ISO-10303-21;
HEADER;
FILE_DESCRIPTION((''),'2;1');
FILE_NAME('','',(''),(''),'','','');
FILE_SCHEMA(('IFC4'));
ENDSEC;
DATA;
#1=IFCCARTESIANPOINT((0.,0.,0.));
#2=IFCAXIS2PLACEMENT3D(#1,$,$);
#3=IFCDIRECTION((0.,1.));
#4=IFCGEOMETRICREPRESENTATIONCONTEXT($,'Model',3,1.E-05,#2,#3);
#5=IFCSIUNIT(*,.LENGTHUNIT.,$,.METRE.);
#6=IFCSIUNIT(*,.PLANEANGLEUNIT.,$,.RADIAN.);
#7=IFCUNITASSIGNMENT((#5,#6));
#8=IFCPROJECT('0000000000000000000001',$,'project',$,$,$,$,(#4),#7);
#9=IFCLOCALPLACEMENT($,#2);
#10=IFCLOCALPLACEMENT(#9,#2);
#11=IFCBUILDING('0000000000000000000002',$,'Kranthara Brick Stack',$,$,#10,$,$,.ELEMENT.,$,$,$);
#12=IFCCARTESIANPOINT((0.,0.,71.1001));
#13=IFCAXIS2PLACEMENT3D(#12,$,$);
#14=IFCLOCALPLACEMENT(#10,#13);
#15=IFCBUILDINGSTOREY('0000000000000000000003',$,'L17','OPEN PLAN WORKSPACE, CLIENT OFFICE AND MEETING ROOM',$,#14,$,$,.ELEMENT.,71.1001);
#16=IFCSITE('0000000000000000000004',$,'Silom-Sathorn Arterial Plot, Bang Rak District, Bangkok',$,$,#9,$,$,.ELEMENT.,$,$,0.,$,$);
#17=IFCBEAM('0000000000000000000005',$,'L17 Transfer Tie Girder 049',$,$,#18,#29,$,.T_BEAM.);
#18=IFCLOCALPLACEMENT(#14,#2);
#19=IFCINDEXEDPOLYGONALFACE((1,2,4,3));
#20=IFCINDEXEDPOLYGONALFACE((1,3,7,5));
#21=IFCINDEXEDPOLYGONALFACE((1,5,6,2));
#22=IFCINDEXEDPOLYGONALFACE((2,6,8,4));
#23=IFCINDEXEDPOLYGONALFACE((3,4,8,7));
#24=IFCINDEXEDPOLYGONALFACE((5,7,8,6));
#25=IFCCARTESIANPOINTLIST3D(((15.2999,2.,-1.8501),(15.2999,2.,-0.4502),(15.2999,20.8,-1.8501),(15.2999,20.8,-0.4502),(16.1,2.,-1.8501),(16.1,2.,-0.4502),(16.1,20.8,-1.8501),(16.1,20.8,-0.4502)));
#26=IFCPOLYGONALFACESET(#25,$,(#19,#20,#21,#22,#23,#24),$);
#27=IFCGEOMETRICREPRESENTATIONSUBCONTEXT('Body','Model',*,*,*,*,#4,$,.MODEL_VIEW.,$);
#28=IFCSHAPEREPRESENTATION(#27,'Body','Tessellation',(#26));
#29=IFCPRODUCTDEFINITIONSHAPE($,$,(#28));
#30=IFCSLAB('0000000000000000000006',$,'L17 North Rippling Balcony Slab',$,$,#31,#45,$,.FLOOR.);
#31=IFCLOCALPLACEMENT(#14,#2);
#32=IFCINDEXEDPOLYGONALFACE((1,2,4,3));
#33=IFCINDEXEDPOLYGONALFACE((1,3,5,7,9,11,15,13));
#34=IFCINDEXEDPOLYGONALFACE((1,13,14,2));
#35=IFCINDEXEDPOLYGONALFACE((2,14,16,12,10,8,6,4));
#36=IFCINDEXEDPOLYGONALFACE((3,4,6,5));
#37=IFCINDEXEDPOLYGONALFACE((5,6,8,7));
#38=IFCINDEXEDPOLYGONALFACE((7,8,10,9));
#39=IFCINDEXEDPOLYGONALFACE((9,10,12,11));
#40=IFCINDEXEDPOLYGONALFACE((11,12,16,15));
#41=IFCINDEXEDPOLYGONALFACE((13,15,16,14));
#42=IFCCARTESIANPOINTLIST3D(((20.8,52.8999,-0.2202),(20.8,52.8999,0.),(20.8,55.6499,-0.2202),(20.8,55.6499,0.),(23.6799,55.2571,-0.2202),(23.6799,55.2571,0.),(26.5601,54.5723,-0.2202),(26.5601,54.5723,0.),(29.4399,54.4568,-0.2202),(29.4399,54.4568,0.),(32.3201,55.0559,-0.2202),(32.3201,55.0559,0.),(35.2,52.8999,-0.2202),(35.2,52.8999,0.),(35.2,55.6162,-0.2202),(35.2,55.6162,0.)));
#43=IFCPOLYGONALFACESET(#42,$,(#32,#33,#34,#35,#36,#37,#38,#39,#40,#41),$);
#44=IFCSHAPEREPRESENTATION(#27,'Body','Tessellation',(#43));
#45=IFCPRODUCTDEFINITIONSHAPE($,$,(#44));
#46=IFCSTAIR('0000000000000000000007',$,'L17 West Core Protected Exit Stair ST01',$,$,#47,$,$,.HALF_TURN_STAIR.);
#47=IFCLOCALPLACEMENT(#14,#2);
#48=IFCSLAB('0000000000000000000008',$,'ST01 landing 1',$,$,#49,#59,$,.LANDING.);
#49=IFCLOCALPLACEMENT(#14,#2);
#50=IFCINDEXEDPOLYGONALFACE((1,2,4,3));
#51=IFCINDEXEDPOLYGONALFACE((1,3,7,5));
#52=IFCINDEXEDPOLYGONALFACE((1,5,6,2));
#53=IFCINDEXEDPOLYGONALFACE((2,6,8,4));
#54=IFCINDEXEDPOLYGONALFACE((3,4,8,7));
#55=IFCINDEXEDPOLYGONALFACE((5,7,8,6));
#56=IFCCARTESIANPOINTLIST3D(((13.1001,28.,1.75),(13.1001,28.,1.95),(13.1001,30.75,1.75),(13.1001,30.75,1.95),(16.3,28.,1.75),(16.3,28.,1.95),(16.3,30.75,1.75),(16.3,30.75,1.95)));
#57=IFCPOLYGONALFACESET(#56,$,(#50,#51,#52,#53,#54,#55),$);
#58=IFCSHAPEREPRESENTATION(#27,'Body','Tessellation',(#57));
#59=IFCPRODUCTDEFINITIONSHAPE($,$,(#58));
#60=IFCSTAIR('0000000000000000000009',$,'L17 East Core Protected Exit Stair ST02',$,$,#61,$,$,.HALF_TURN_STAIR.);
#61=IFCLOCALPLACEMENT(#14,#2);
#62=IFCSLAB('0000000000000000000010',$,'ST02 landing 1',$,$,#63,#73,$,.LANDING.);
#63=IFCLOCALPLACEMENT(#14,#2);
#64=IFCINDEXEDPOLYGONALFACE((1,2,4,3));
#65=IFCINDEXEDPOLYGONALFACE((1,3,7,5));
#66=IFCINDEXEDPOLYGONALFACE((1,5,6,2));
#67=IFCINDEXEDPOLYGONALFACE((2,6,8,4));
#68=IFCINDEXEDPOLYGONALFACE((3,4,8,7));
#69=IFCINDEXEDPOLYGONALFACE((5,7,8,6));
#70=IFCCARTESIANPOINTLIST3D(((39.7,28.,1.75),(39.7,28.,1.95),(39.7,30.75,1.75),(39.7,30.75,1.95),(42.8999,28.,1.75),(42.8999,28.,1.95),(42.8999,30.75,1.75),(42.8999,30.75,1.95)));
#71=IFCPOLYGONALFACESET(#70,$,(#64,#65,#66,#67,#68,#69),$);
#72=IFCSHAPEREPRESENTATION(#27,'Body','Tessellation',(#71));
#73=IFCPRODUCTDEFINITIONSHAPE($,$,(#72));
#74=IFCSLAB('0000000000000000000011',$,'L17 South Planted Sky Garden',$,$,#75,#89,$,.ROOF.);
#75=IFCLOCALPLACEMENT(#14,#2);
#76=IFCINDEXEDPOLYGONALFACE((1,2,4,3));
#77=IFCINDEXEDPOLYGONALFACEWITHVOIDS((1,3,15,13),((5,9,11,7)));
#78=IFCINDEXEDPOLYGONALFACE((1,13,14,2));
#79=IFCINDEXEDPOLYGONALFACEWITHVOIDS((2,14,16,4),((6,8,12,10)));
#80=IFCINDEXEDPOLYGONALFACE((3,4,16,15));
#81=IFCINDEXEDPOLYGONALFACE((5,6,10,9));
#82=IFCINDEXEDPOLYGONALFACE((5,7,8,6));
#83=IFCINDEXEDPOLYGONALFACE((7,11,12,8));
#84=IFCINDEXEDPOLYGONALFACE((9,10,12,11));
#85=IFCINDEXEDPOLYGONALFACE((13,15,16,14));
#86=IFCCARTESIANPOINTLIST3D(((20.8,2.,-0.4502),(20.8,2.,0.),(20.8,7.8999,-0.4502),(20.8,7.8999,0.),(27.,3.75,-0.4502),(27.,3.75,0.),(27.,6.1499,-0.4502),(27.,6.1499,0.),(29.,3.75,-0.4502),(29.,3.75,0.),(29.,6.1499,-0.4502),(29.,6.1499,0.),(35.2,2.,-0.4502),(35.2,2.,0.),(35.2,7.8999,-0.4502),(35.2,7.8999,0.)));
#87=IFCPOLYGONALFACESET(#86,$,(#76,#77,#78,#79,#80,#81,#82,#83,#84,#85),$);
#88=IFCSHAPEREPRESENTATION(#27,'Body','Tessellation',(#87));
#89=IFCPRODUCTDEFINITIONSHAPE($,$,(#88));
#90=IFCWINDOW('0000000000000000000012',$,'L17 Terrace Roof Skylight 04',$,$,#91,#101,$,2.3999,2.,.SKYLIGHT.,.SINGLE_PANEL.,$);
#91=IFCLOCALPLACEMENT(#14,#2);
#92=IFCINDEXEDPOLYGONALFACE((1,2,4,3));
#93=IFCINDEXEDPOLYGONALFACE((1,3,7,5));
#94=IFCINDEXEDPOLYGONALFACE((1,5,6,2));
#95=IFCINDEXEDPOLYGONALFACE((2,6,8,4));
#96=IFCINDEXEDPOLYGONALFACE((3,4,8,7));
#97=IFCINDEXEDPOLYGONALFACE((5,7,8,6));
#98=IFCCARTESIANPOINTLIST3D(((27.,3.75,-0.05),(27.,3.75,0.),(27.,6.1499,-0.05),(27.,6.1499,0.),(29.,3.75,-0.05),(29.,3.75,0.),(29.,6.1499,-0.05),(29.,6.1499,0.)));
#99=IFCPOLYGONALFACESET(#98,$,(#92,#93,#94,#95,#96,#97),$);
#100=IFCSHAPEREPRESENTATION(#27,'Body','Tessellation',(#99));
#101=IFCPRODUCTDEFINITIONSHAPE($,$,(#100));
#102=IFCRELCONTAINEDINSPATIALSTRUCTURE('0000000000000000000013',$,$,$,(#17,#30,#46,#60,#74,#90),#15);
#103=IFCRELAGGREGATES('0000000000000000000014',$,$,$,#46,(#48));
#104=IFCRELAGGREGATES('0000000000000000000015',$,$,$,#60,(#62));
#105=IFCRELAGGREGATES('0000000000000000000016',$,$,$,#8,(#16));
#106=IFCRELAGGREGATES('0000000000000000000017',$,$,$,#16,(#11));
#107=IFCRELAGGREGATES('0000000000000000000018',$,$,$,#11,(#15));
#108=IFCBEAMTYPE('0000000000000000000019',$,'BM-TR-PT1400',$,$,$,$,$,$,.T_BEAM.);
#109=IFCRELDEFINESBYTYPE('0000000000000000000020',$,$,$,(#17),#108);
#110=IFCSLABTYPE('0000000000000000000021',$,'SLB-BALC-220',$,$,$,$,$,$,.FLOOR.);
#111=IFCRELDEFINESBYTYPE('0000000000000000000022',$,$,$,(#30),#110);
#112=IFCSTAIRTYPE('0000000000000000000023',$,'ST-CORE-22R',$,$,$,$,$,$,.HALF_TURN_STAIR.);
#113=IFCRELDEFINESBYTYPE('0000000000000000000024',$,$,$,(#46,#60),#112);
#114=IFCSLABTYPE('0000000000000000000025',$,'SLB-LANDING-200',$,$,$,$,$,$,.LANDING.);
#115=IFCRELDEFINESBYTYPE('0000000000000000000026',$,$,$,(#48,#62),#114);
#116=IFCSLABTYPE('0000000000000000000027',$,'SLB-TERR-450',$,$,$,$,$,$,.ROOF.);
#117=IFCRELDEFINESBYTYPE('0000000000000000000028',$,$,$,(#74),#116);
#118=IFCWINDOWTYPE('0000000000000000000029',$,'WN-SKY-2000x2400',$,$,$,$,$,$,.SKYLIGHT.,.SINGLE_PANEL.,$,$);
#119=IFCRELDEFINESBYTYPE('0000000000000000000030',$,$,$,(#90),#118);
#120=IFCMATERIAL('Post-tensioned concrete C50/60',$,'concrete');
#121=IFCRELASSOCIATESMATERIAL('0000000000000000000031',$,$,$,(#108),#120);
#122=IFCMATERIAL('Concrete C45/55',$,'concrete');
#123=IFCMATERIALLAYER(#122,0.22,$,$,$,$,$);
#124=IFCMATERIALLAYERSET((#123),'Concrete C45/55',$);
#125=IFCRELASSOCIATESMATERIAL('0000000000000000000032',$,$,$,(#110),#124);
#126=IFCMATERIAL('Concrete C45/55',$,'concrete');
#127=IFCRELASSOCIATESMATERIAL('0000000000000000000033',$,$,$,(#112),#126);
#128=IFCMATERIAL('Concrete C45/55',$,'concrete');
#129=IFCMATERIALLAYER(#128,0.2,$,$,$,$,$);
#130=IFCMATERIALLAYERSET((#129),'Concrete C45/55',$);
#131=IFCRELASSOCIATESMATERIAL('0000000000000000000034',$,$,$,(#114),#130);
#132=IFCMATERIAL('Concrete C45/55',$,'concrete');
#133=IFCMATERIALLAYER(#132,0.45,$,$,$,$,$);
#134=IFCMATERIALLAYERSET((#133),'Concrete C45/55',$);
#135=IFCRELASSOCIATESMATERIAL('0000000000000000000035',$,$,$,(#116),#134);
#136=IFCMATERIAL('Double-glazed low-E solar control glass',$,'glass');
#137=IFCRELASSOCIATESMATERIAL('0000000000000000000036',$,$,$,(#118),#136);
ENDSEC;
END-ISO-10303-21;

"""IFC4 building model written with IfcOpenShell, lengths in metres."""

from ifc_helpers import new_model, si_unit, direction, frame, origin, origin_2d, place, context, subcontext, project, spatial, polyline, rectangle, outline, extrude, material, layer, layer_set, material_profile, profile_set, type_object, element, fill, aggregate, save


model = new_model("IFC4")

# Units and contexts
model_context = context("Model", 3, precision=1e-05, world=origin(), true_north=direction((0.0, 1.0)))
body_context = subcontext(model_context, "Body", "Model", "MODEL_VIEW")
ifc_project = project(units=[si_unit("LENGTHUNIT", "METRE"), si_unit("PLANEANGLEUNIT", "RADIAN")], contexts=[model_context])

# Site, building, storey
site_placement = place(None, origin())
site = spatial("IfcSite", under=ifc_project, at=site_placement, Name="Silom-Sathorn Arterial Plot, Bang Rak District, Bangkok", CompositionType="ELEMENT", RefElevation=0.0)
building_placement = place(site_placement, origin())
building = spatial("IfcBuilding", under=site, at=building_placement, Name="Kranthara Brick Stack", CompositionType="ELEMENT")
storey_placement = place(building_placement, frame((0.0, 0.0, 71.1001)))
storey = spatial("IfcBuildingStorey", under=building, at=storey_placement, Name="L17", Description="OPEN PLAN WORKSPACE, CLIENT OFFICE AND MEETING ROOM", CompositionType="ELEMENT", Elevation=71.1001)

# Beam
ifc_material_1 = material(Name="Post-tensioned concrete C50/60", Category="concrete")
ifc_material_profile_1 = material_profile(ifc_material_1, rectangle(XDim=0.8, YDim=1.3999, at=origin_2d()), Name="PT 800x1400")
ifc_profile_set_1 = profile_set([ifc_material_profile_1], Name="Post-tensioned concrete C50/60")
beam_type_1 = type_object("IfcBeamType", Name="BM-TR-PT1400", PredefinedType="T_BEAM", material=ifc_profile_set_1)
beam_1_placement = place(storey_placement, frame((15.7, 2.0, -1.1501), z_axis=(0.0, 1.0, 0.0), x_axis=(-1.0, 0.0, 0.0)))
element("IfcBeam", 1, at=beam_1_placement, inside=storey, type_object=beam_type_1, Name="L17 Transfer Tie Girder 049", PredefinedType="T_BEAM", context=body_context, shape_type="SweptSolid", body=[
    extrude(rectangle(XDim=0.8, YDim=1.3999, at=origin_2d()), origin(), (0.0, 0.0, 1.0), 18.8),
])

# Slab
ifc_material_2 = material(Name="Concrete C45/55", Category="concrete")
ifc_layer_1 = layer(ifc_material_2, 0.22)
ifc_layer_set_1 = layer_set([ifc_layer_1], Name="Concrete C45/55")
slab_type_1 = type_object("IfcSlabType", Name="SLB-BALC-220", PredefinedType="FLOOR", material=ifc_layer_set_1)
slab_1_placement = place(storey_placement, frame((0.0, 0.0, -0.2202)))
element("IfcSlab", 2, at=slab_1_placement, inside=storey, type_object=slab_type_1, Name="L17 North Rippling Balcony Slab", PredefinedType="FLOOR", context=body_context, shape_type="SweptSolid", body=[
    extrude(outline(polyline([(35.2, 52.8999), (20.8, 52.8999), (20.8, 55.6499), (23.6799, 55.2571), (26.5601, 54.5723), (29.4399, 54.4568), (32.3201, 55.0559), (35.2, 55.6162), (35.2, 52.8999)])), origin(), (0.0, 0.0, 1.0), 0.2202),
])

# Stairs, slabs
ifc_material_3 = material(Name="Concrete C45/55", Category="concrete")
stair_type = type_object("IfcStairType", Name="ST-CORE-22R", PredefinedType="HALF_TURN_STAIR", material=ifc_material_3)
stair_1_placement = place(storey_placement, origin())
stair_1 = element("IfcStair", 3, at=stair_1_placement, inside=storey, type_object=stair_type, Name="L17 West Core Protected Exit Stair ST01", PredefinedType="HALF_TURN_STAIR")
ifc_material_4 = material(Name="Concrete C45/55", Category="concrete")
ifc_layer_2 = layer(ifc_material_4, 0.2)
ifc_layer_set_2 = layer_set([ifc_layer_2], Name="Concrete C45/55")
slab_type_2 = type_object("IfcSlabType", Name="SLB-LANDING-200", PredefinedType="LANDING", material=ifc_layer_set_2)
slab_2_placement = place(storey_placement, frame((0.0, 0.0, 1.75)))
slab_2 = element("IfcSlab", 4, at=slab_2_placement, type_object=slab_type_2, Name="ST01 landing 1", PredefinedType="LANDING", context=body_context, shape_type="SweptSolid", body=[
    extrude(outline(polyline([(16.3, 28.0), (16.3, 30.75), (13.1001, 30.75), (13.1001, 28.0), (16.3, 28.0)])), origin(), (0.0, 0.0, 1.0), 0.2),
])
aggregate(stair_1, [slab_2])
stair_2_placement = place(storey_placement, origin())
stair_2 = element("IfcStair", 5, at=stair_2_placement, inside=storey, type_object=stair_type, Name="L17 East Core Protected Exit Stair ST02", PredefinedType="HALF_TURN_STAIR")
slab_3_placement = place(storey_placement, frame((0.0, 0.0, 1.75)))
slab_3 = element("IfcSlab", 6, at=slab_3_placement, type_object=slab_type_2, Name="ST02 landing 1", PredefinedType="LANDING", context=body_context, shape_type="SweptSolid", body=[
    extrude(outline(polyline([(42.8999, 28.0), (42.8999, 30.75), (39.7, 30.75), (39.7, 28.0), (42.8999, 28.0)])), origin(), (0.0, 0.0, 1.0), 0.2),
])
aggregate(stair_2, [slab_3])

# Slab, opening, window
ifc_material_5 = material(Name="Concrete C45/55", Category="concrete")
ifc_layer_3 = layer(ifc_material_5, 0.45)
ifc_layer_set_3 = layer_set([ifc_layer_3], Name="Concrete C45/55")
slab_type_3 = type_object("IfcSlabType", Name="SLB-TERR-450", PredefinedType="ROOF", material=ifc_layer_set_3)
slab_4_placement = place(storey_placement, frame((0.0, 0.0, -0.4502)))
slab_4 = element("IfcSlab", 7, at=slab_4_placement, inside=storey, type_object=slab_type_3, Name="L17 South Planted Sky Garden", PredefinedType="ROOF", context=body_context, shape_type="SweptSolid", body=[
    extrude(outline(polyline([(20.8, 2.0), (35.2, 2.0), (35.2, 7.8999), (20.8, 7.8999), (20.8, 2.0)]), holes=[polyline([(27.0, 3.75), (29.0, 3.75), (29.0, 6.1499), (27.0, 6.1499), (27.0, 3.75)])]), origin(), (0.0, 0.0, 1.0), 0.4502),
])
opening_1_placement = place(slab_4_placement, frame((28.0, 4.95, 0.0)))
opening_1 = element("IfcOpeningElement", 8, at=opening_1_placement, cuts=slab_4, PredefinedType="OPENING", context=body_context, shape_type="SweptSolid", body=[
    extrude(rectangle(XDim=2.0, YDim=2.3999, at=origin_2d()), origin(), (0.0, 0.0, 1.0), 0.4502),
])
ifc_material_6 = material(Name="Double-glazed low-E solar control glass", Category="glass")
window_type_1 = type_object("IfcWindowType", Name="WN-SKY-2000x2400", PartitioningType="SINGLE_PANEL", PredefinedType="SKYLIGHT", material=ifc_material_6)
window_1_placement = place(opening_1_placement, frame((0.0, 0.0, 0.4001)))
window_1 = element("IfcWindow", 9, at=window_1_placement, inside=storey, type_object=window_type_1, Name="L17 Terrace Roof Skylight 04", OverallHeight=2.3999, OverallWidth=2.0, PartitioningType="SINGLE_PANEL", PredefinedType="SKYLIGHT", context=body_context, shape_type="SweptSolid", body=[
    extrude(rectangle(XDim=2.0, YDim=2.3999, at=origin_2d()), origin(), (0.0, 0.0, 1.0), 0.05),
])
fill(opening_1, window_1)

save(model, "model.ifc")
